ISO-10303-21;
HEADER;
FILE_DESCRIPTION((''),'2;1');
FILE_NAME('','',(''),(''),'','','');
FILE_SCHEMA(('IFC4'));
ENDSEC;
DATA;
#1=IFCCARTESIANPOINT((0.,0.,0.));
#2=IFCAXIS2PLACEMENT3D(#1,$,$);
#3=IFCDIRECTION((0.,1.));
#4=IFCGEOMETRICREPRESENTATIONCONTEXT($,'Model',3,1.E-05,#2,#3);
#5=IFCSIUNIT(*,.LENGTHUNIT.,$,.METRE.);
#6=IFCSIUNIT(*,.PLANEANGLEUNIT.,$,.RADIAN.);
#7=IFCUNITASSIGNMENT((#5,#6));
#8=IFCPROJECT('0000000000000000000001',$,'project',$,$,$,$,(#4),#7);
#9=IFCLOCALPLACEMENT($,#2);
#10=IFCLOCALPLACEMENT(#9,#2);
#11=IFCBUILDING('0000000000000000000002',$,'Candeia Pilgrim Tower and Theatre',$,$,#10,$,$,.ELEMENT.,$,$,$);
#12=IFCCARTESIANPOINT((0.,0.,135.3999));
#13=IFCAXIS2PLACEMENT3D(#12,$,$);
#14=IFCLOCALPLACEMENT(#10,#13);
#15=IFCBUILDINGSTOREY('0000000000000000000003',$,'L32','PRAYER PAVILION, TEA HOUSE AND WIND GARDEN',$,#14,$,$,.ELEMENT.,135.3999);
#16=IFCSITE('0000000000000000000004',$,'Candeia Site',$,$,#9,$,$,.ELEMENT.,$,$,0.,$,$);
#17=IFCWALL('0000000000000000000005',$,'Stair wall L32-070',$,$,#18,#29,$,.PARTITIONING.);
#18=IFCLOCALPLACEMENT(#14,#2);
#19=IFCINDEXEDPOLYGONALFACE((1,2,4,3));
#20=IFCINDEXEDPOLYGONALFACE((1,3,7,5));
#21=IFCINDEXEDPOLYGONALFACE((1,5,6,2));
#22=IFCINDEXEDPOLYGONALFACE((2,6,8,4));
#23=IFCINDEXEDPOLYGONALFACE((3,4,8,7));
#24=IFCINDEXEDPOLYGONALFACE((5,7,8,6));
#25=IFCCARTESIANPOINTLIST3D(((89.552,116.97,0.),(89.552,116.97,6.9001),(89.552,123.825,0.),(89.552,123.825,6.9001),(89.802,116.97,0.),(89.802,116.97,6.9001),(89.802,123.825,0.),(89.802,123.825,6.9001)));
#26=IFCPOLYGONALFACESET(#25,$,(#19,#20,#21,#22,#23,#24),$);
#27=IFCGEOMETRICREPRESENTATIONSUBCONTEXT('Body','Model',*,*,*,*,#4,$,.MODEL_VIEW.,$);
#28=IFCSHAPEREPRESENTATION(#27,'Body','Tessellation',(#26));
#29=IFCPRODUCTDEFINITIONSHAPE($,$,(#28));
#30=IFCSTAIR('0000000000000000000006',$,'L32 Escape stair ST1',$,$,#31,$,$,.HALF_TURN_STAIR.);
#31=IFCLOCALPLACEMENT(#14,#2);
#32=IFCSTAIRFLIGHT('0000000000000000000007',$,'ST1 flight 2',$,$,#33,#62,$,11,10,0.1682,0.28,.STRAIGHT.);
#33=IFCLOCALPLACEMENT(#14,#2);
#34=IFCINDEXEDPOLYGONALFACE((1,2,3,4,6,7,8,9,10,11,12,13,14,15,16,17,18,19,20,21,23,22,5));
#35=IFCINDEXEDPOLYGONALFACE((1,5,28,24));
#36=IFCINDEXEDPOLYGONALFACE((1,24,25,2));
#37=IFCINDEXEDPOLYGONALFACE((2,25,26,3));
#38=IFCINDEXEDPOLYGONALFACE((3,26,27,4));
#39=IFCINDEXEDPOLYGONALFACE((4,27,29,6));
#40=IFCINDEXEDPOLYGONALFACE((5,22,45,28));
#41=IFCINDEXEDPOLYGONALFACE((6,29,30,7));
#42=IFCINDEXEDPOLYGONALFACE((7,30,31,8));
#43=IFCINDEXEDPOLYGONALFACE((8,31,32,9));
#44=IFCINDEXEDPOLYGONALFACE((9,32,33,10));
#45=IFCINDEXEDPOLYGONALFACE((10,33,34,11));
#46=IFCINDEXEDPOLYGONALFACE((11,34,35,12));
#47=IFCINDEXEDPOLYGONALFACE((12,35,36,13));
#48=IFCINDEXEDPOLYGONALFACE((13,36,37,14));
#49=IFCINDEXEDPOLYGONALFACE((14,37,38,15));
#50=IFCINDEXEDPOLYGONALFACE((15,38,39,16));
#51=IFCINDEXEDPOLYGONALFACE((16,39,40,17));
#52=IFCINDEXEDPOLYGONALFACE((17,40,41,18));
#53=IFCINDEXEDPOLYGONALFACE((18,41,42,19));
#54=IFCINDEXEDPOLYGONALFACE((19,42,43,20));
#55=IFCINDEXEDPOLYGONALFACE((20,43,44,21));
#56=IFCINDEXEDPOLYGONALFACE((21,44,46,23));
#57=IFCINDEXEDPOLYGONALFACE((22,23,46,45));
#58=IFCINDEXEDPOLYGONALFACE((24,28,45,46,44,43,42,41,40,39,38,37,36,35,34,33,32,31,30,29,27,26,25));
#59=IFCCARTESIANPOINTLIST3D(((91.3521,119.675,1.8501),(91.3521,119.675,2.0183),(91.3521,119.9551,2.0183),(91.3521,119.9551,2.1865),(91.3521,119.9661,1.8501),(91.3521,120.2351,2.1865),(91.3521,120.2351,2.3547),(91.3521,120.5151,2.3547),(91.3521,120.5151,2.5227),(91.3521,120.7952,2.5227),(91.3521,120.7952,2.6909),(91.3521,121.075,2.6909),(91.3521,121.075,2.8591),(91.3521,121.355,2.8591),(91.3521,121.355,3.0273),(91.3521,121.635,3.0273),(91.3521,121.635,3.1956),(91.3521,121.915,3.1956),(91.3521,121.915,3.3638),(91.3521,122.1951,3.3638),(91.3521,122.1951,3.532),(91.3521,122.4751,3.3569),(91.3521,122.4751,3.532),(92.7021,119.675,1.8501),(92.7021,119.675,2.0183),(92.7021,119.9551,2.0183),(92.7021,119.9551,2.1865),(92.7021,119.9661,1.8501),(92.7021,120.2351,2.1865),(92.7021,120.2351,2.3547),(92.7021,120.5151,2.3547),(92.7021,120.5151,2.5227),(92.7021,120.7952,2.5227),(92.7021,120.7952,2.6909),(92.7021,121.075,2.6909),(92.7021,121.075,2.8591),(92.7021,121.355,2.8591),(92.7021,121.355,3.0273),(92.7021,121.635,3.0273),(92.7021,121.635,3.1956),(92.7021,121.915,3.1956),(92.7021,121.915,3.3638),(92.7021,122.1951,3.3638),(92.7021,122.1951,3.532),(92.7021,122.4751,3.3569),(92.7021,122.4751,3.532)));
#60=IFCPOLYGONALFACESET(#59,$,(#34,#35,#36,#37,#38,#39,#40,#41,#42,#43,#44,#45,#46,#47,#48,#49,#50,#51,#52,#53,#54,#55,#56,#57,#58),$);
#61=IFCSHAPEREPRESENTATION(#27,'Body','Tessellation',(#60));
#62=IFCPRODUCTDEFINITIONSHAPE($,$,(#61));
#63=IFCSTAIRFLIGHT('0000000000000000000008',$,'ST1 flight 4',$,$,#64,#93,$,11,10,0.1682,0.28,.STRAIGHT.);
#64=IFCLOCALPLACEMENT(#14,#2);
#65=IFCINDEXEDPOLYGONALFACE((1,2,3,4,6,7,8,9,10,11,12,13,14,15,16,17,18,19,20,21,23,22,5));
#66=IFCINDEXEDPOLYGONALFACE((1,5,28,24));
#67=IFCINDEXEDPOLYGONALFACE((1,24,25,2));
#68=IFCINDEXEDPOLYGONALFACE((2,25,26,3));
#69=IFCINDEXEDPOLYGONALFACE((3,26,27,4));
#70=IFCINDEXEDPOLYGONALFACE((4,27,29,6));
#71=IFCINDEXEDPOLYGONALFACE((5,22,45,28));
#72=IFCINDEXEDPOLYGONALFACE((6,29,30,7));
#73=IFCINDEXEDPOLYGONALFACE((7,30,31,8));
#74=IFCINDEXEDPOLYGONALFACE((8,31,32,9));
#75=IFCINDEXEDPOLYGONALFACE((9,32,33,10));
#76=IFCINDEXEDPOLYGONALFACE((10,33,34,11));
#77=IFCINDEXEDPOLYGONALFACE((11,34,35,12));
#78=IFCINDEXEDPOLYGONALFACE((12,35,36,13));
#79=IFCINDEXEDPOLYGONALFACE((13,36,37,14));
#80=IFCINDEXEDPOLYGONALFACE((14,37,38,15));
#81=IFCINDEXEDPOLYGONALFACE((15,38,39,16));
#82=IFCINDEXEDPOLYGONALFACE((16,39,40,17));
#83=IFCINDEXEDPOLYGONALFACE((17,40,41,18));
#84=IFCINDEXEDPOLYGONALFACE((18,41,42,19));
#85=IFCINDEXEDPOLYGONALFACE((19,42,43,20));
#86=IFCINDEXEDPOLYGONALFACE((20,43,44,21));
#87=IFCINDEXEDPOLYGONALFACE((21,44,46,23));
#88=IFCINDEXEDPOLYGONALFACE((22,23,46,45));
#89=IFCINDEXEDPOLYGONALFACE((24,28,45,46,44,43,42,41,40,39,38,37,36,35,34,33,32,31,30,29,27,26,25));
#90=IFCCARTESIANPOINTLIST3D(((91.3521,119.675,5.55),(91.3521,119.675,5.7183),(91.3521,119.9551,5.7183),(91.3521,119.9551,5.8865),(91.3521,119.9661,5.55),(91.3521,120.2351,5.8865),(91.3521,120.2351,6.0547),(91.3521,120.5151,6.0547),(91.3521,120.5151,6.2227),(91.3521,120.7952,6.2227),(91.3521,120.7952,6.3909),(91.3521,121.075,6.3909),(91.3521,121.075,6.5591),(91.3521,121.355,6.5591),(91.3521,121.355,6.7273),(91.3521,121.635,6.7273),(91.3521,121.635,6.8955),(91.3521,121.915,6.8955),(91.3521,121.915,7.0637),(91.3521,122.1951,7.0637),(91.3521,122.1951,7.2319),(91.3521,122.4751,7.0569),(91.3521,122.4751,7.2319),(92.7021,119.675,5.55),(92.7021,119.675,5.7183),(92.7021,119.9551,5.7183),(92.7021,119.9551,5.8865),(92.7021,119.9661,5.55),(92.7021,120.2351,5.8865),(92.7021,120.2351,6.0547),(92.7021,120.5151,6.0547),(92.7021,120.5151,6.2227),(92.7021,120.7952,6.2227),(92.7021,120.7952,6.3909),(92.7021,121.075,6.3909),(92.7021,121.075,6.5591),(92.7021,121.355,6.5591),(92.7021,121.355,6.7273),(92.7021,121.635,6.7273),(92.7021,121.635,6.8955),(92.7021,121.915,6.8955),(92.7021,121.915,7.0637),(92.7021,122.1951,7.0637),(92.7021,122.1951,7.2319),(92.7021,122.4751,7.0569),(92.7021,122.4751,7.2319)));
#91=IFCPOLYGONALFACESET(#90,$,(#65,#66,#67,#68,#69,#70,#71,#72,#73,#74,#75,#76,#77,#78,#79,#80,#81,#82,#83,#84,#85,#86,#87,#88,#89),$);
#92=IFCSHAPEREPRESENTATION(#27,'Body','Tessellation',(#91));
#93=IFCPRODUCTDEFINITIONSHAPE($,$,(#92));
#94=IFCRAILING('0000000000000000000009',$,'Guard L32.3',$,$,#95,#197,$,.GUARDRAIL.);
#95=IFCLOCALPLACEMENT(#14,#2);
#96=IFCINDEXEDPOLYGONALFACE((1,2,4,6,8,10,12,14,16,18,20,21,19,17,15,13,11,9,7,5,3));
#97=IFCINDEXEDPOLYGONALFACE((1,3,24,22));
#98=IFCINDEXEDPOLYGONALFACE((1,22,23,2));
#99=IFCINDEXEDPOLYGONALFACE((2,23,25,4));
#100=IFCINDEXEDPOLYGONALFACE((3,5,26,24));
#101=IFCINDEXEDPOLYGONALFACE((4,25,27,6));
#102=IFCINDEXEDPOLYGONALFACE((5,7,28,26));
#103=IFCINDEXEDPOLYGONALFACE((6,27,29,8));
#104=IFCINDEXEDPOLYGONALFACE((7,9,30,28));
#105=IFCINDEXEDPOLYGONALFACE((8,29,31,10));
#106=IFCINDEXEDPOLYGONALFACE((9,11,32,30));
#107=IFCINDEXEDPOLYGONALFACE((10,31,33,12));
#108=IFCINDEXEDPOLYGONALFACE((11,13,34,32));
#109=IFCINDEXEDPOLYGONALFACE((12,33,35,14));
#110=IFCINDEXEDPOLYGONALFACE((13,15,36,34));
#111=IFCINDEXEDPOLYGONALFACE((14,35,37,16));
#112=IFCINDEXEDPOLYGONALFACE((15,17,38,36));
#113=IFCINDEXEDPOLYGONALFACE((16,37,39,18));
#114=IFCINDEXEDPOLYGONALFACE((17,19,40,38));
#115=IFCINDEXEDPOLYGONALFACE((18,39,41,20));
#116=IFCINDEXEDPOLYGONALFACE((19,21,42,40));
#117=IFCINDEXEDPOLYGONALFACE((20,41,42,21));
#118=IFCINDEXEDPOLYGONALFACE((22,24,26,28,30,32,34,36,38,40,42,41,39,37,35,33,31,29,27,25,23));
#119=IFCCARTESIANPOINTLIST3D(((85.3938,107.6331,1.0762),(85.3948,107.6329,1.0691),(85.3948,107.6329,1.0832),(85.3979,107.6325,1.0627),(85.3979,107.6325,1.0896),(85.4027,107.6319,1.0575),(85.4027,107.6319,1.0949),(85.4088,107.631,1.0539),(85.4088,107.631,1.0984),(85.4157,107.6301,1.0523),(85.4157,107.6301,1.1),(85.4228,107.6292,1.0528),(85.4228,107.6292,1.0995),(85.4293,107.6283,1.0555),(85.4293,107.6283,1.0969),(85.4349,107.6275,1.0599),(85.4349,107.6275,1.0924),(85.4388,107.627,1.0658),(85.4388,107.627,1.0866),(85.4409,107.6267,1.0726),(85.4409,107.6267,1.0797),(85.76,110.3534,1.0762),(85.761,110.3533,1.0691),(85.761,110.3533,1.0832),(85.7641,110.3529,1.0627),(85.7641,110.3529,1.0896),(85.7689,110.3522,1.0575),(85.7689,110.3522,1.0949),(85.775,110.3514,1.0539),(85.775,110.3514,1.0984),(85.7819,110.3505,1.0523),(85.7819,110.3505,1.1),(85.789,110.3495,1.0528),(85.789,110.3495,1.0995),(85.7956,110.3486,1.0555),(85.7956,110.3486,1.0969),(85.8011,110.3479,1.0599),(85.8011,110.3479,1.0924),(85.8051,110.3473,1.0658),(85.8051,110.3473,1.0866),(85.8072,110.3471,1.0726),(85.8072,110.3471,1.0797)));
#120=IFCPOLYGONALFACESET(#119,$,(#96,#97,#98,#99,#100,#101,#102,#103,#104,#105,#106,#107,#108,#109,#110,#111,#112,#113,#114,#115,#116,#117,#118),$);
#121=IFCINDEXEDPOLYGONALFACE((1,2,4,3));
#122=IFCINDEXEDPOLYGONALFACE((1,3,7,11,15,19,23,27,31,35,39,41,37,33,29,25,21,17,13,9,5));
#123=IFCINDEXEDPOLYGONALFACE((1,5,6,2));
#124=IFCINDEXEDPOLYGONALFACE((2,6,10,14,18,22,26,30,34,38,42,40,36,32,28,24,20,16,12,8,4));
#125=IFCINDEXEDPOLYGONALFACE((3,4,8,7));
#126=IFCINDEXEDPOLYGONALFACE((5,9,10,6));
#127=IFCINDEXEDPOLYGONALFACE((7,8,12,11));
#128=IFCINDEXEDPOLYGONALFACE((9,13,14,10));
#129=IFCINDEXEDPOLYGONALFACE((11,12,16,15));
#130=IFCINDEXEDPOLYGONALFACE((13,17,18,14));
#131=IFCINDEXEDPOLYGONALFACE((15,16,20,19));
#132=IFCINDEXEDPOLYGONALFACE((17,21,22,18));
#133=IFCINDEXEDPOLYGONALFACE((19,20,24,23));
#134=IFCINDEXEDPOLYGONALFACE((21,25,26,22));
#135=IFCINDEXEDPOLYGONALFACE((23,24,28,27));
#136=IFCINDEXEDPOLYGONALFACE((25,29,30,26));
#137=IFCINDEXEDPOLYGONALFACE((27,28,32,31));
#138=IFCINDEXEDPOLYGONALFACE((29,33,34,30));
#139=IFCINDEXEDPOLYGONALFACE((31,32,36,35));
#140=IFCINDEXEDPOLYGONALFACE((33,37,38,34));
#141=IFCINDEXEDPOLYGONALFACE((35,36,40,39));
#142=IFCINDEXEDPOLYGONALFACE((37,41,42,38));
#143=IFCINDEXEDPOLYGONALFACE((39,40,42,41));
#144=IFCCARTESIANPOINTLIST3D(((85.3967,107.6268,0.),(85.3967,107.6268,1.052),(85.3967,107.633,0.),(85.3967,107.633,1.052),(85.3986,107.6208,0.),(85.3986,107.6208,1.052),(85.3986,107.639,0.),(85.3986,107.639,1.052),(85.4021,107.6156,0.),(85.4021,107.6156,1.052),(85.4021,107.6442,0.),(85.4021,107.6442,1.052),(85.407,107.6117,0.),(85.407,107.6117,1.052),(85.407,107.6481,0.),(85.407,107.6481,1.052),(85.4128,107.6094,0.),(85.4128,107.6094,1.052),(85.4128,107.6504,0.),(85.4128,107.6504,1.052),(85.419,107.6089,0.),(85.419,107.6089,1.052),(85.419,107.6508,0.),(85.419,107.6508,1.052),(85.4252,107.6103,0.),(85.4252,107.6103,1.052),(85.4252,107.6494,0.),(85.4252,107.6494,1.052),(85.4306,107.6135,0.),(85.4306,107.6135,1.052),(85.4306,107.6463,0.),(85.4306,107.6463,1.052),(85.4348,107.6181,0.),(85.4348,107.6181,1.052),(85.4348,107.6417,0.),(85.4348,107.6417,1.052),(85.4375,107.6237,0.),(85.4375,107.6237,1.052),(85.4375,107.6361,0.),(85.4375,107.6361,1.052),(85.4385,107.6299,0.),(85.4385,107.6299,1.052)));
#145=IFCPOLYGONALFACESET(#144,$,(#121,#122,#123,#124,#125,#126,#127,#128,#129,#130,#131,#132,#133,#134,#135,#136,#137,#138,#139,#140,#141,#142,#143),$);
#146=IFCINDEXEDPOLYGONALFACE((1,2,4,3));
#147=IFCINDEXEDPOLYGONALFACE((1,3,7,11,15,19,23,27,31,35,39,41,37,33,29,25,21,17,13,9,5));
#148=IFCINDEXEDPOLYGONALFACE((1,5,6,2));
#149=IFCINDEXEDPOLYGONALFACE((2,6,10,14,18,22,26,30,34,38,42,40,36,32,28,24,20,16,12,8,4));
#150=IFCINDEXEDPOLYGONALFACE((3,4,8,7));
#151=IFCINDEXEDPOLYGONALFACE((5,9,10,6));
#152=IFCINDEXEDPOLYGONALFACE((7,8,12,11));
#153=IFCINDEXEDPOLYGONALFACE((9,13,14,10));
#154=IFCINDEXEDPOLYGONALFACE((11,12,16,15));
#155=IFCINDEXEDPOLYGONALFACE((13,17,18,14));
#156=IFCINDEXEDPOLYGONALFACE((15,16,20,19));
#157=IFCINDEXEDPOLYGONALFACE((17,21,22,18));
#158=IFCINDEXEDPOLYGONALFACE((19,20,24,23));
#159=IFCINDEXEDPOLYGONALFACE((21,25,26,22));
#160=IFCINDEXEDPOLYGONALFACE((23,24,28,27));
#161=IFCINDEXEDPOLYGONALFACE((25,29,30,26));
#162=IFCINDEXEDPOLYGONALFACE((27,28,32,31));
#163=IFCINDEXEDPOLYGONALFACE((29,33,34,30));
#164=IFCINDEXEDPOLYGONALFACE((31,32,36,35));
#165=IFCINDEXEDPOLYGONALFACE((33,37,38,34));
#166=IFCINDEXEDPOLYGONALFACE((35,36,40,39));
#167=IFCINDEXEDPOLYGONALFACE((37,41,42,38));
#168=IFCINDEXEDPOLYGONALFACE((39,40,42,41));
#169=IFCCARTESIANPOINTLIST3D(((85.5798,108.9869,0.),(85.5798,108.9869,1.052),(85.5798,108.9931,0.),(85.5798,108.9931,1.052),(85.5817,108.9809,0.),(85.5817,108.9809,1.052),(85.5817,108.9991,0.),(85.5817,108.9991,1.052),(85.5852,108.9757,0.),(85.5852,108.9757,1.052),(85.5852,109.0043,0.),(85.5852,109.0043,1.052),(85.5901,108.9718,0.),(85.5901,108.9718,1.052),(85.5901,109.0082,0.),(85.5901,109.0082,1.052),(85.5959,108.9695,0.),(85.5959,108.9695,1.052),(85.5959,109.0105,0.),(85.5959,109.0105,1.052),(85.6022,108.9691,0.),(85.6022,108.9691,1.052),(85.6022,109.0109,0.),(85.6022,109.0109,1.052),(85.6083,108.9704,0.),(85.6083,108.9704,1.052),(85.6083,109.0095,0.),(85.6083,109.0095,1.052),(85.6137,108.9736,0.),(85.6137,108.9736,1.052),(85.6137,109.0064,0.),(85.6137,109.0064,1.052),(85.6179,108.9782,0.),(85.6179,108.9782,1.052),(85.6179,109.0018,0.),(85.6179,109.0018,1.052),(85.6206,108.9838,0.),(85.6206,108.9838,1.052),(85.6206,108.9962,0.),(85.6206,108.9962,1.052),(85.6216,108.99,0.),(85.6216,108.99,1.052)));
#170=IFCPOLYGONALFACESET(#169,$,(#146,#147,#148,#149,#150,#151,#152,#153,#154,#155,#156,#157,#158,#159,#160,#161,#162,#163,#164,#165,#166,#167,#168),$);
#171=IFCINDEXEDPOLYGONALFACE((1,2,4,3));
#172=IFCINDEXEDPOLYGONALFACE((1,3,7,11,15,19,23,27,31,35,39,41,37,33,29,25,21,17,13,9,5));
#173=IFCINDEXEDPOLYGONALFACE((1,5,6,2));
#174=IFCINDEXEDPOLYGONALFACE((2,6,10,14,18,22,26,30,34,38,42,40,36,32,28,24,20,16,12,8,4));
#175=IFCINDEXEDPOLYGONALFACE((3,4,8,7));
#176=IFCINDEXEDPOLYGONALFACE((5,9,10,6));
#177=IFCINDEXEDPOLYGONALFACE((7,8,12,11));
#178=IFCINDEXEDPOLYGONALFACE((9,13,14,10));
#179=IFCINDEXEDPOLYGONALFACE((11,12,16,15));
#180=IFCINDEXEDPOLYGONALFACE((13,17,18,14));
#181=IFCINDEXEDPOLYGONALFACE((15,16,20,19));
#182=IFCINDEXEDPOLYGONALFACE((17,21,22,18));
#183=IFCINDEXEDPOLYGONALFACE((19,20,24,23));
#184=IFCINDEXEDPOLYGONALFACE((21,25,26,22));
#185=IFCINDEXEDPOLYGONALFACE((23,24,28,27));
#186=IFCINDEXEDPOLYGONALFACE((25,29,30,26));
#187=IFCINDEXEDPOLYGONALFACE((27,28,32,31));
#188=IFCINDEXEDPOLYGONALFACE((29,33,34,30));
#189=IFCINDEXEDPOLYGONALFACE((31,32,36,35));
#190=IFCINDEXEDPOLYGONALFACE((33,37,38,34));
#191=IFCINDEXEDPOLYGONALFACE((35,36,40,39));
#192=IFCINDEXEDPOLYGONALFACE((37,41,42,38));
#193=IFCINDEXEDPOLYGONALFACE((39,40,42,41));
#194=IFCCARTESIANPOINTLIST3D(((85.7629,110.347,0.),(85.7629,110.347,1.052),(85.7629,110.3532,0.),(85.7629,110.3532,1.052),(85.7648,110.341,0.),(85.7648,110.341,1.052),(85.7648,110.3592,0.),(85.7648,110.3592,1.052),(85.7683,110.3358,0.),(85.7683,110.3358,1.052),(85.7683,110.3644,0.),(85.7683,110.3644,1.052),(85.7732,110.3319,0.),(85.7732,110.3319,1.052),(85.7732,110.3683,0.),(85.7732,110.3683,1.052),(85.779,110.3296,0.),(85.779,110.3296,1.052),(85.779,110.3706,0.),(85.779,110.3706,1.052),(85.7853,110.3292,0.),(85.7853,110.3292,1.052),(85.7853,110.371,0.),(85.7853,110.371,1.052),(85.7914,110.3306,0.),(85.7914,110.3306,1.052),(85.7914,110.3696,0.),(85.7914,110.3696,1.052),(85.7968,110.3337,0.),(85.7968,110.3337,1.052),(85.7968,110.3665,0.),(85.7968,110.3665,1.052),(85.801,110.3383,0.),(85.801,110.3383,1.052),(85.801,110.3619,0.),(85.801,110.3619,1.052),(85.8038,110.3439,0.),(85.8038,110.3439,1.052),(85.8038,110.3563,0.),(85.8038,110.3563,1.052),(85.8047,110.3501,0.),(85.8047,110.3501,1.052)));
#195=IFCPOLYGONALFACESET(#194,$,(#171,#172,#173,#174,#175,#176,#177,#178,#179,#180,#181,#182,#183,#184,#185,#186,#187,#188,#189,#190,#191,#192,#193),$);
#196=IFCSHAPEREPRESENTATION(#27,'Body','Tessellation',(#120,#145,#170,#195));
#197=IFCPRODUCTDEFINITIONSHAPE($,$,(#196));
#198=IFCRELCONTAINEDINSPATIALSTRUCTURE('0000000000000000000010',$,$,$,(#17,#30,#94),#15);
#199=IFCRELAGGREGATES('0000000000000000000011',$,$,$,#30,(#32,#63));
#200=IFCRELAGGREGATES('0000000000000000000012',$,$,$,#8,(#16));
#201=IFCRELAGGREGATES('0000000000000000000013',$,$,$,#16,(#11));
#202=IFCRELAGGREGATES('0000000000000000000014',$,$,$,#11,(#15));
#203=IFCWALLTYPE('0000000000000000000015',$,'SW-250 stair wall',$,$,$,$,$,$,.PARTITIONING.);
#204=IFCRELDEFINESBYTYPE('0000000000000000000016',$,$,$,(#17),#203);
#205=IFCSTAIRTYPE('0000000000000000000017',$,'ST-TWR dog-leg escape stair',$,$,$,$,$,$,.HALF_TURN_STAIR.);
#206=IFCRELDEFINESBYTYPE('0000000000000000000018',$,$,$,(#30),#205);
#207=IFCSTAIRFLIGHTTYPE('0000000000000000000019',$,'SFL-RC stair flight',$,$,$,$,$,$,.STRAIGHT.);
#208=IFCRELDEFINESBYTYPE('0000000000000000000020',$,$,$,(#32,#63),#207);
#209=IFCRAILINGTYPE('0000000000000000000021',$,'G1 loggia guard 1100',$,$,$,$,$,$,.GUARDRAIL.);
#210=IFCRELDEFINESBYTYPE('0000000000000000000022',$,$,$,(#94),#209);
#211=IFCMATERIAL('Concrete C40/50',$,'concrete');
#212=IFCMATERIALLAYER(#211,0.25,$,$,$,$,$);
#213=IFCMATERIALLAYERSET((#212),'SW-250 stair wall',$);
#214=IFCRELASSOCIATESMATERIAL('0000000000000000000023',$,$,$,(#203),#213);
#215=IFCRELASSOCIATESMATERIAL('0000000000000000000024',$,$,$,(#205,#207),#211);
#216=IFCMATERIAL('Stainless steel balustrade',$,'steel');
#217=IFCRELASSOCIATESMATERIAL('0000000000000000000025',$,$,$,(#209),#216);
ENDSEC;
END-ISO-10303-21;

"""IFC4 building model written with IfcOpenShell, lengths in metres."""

from ifc_helpers import new_model, si_unit, direction, frame, frame_2d, origin, origin_2d, place, context, subcontext, project, spatial, polyline, rectangle, circle, outline, extrude, material, layer, layer_set, type_object, element, aggregate, save


model = new_model("IFC4")

# Units and contexts
model_context = context("Model", 3, precision=1e-05, world=origin(), true_north=direction((0.0, 1.0)))
body_context = subcontext(model_context, "Body", "Model", "MODEL_VIEW")
ifc_project = project(units=[si_unit("LENGTHUNIT", "METRE"), si_unit("PLANEANGLEUNIT", "RADIAN")], contexts=[model_context])

# Site, building, storey
site_placement = place(None, origin())
site = spatial("IfcSite", under=ifc_project, at=site_placement, Name="Candeia Site", CompositionType="ELEMENT", RefElevation=0.0)
building_placement = place(site_placement, origin())
building = spatial("IfcBuilding", under=site, at=building_placement, Name="Candeia Pilgrim Tower and Theatre", CompositionType="ELEMENT")
storey_placement = place(building_placement, frame((0.0, 0.0, 135.3999)))
storey = spatial("IfcBuildingStorey", under=building, at=storey_placement, Name="L32", Description="PRAYER PAVILION, TEA HOUSE AND WIND GARDEN", CompositionType="ELEMENT", Elevation=135.3999)

# Shared definitions
ifc_material_1 = material(Name="Concrete C40/50", Category="concrete")

# Wall
ifc_layer_1 = layer(ifc_material_1, 0.25)
ifc_layer_set_1 = layer_set([ifc_layer_1], Name="SW-250 stair wall")
wall_type_1 = type_object("IfcWallType", Name="SW-250 stair wall", PredefinedType="PARTITIONING", material=ifc_layer_set_1)
wall_1_placement = place(storey_placement, frame((89.677, 116.97, 0.0), z_axis=(0.0, 0.0, 1.0), x_axis=(0.0, 1.0, 0.0)))
element("IfcWall", 1, at=wall_1_placement, inside=storey, type_object=wall_type_1, Name="Stair wall L32-070", PredefinedType="PARTITIONING", context=body_context, shape_type="SweptSolid", body=[
    extrude(rectangle(XDim=6.855, YDim=0.25, at=frame_2d((3.4275, 0.0))), origin(), (0.0, 0.0, 1.0), 6.9001),
])

# Stair, stair flights
stair_type = type_object("IfcStairType", Name="ST-TWR dog-leg escape stair", PredefinedType="HALF_TURN_STAIR", material=ifc_material_1)
stair_placement = place(storey_placement, origin())
stair = element("IfcStair", 2, at=stair_placement, inside=storey, type_object=stair_type, Name="L32 Escape stair ST1", PredefinedType="HALF_TURN_STAIR")
stair_flight_type = type_object("IfcStairFlightType", Name="SFL-RC stair flight", PredefinedType="STRAIGHT", material=ifc_material_1)
stair_flight_1_placement = place(storey_placement, frame((92.0271, 119.675, 1.8501), z_axis=(0.0, 0.0, 1.0), x_axis=(0.0, 1.0, 0.0)))
stair_flight_1 = element("IfcStairFlight", 3, at=stair_flight_1_placement, type_object=stair_flight_type, Name="ST1 flight 2", NumberOfRisers=11, NumberOfTreads=10, PredefinedType="STRAIGHT", RiserHeight=0.1682, TreadLength=0.28, context=body_context, shape_type="SweptSolid", body=[
    extrude(outline(polyline([(0.0, 0.0), (0.0, 0.1682), (0.28, 0.1682), (0.28, 0.3364), (0.5601, 0.3364), (0.5601, 0.5046), (0.8401, 0.5046), (0.8401, 0.6726), (1.1201, 0.6726), (1.1201, 0.8408), (1.3999, 0.8408), (1.3999, 1.009), (1.6799, 1.009), (1.6799, 1.1772), (1.96, 1.1772), (1.96, 1.3455), (2.24, 1.3455), (2.24, 1.5137), (2.52, 1.5137), (2.52, 1.6819), (2.8, 1.6819), (2.8, 1.8501), (2.8, 1.5068), (0.291, 0.0), (0.0, 0.0)])), frame((0.0, 0.675, 0.0), z_axis=(0.0, -1.0, 0.0), x_axis=(1.0, 0.0, 0.0)), (0.0, 0.0, 1.0), 1.3501),
])
stair_flight_2_placement = place(storey_placement, frame((92.0271, 119.675, 5.55), z_axis=(0.0, 0.0, 1.0), x_axis=(0.0, 1.0, 0.0)))
stair_flight_2 = element("IfcStairFlight", 4, at=stair_flight_2_placement, type_object=stair_flight_type, Name="ST1 flight 4", NumberOfRisers=11, NumberOfTreads=10, PredefinedType="STRAIGHT", RiserHeight=0.1682, TreadLength=0.28, context=body_context, shape_type="SweptSolid", body=[
    extrude(outline(polyline([(0.0, 0.0), (0.0, 0.1682), (0.28, 0.1682), (0.28, 0.3364), (0.5601, 0.3364), (0.5601, 0.5046), (0.8401, 0.5046), (0.8401, 0.6726), (1.1201, 0.6726), (1.1201, 0.8408), (1.3999, 0.8408), (1.3999, 1.009), (1.6799, 1.009), (1.6799, 1.1772), (1.96, 1.1772), (1.96, 1.3455), (2.24, 1.3455), (2.24, 1.5137), (2.52, 1.5137), (2.52, 1.6819), (2.8, 1.6819), (2.8, 1.8501), (2.8, 1.5068), (0.291, 0.0), (0.0, 0.0)])), frame((0.0, 0.675, 0.0), z_axis=(0.0, -1.0, 0.0), x_axis=(1.0, 0.0, 0.0)), (0.0, 0.0, 1.0), 1.3501),
])
aggregate(stair, [stair_flight_1, stair_flight_2])

# Railing
ifc_material_2 = material(Name="Stainless steel balustrade", Category="steel")
railing_type_1 = type_object("IfcRailingType", Name="G1 loggia guard 1100", PredefinedType="GUARDRAIL", material=ifc_material_2)
railing_1_placement = place(storey_placement, frame((85.4175, 107.6299, 0.0)))
element("IfcRailing", 5, at=railing_1_placement, inside=storey, type_object=railing_type_1, Name="Guard L32.3", PredefinedType="GUARDRAIL", context=body_context, shape_type="SweptSolid", body=[
    extrude(circle(Radius=0.0239, at=origin_2d()), frame((0.0, 0.0, 1.0762), z_axis=(0.133422, 0.991059, 0.0), x_axis=(-0.991059, 0.133422, 0.0)), (0.0, 0.0, 1.0), 2.7449),
    extrude(circle(Radius=0.021, at=origin_2d()), origin(), (0.0, 0.0, 1.0), 1.052),
    extrude(circle(Radius=0.021, at=origin_2d()), frame((0.1831, 1.3601, 0.0)), (0.0, 0.0, 1.0), 1.052),
    extrude(circle(Radius=0.021, at=origin_2d()), frame((0.3662, 2.7202, 0.0)), (0.0, 0.0, 1.0), 1.052),
])

save(model, "model.ifc")
